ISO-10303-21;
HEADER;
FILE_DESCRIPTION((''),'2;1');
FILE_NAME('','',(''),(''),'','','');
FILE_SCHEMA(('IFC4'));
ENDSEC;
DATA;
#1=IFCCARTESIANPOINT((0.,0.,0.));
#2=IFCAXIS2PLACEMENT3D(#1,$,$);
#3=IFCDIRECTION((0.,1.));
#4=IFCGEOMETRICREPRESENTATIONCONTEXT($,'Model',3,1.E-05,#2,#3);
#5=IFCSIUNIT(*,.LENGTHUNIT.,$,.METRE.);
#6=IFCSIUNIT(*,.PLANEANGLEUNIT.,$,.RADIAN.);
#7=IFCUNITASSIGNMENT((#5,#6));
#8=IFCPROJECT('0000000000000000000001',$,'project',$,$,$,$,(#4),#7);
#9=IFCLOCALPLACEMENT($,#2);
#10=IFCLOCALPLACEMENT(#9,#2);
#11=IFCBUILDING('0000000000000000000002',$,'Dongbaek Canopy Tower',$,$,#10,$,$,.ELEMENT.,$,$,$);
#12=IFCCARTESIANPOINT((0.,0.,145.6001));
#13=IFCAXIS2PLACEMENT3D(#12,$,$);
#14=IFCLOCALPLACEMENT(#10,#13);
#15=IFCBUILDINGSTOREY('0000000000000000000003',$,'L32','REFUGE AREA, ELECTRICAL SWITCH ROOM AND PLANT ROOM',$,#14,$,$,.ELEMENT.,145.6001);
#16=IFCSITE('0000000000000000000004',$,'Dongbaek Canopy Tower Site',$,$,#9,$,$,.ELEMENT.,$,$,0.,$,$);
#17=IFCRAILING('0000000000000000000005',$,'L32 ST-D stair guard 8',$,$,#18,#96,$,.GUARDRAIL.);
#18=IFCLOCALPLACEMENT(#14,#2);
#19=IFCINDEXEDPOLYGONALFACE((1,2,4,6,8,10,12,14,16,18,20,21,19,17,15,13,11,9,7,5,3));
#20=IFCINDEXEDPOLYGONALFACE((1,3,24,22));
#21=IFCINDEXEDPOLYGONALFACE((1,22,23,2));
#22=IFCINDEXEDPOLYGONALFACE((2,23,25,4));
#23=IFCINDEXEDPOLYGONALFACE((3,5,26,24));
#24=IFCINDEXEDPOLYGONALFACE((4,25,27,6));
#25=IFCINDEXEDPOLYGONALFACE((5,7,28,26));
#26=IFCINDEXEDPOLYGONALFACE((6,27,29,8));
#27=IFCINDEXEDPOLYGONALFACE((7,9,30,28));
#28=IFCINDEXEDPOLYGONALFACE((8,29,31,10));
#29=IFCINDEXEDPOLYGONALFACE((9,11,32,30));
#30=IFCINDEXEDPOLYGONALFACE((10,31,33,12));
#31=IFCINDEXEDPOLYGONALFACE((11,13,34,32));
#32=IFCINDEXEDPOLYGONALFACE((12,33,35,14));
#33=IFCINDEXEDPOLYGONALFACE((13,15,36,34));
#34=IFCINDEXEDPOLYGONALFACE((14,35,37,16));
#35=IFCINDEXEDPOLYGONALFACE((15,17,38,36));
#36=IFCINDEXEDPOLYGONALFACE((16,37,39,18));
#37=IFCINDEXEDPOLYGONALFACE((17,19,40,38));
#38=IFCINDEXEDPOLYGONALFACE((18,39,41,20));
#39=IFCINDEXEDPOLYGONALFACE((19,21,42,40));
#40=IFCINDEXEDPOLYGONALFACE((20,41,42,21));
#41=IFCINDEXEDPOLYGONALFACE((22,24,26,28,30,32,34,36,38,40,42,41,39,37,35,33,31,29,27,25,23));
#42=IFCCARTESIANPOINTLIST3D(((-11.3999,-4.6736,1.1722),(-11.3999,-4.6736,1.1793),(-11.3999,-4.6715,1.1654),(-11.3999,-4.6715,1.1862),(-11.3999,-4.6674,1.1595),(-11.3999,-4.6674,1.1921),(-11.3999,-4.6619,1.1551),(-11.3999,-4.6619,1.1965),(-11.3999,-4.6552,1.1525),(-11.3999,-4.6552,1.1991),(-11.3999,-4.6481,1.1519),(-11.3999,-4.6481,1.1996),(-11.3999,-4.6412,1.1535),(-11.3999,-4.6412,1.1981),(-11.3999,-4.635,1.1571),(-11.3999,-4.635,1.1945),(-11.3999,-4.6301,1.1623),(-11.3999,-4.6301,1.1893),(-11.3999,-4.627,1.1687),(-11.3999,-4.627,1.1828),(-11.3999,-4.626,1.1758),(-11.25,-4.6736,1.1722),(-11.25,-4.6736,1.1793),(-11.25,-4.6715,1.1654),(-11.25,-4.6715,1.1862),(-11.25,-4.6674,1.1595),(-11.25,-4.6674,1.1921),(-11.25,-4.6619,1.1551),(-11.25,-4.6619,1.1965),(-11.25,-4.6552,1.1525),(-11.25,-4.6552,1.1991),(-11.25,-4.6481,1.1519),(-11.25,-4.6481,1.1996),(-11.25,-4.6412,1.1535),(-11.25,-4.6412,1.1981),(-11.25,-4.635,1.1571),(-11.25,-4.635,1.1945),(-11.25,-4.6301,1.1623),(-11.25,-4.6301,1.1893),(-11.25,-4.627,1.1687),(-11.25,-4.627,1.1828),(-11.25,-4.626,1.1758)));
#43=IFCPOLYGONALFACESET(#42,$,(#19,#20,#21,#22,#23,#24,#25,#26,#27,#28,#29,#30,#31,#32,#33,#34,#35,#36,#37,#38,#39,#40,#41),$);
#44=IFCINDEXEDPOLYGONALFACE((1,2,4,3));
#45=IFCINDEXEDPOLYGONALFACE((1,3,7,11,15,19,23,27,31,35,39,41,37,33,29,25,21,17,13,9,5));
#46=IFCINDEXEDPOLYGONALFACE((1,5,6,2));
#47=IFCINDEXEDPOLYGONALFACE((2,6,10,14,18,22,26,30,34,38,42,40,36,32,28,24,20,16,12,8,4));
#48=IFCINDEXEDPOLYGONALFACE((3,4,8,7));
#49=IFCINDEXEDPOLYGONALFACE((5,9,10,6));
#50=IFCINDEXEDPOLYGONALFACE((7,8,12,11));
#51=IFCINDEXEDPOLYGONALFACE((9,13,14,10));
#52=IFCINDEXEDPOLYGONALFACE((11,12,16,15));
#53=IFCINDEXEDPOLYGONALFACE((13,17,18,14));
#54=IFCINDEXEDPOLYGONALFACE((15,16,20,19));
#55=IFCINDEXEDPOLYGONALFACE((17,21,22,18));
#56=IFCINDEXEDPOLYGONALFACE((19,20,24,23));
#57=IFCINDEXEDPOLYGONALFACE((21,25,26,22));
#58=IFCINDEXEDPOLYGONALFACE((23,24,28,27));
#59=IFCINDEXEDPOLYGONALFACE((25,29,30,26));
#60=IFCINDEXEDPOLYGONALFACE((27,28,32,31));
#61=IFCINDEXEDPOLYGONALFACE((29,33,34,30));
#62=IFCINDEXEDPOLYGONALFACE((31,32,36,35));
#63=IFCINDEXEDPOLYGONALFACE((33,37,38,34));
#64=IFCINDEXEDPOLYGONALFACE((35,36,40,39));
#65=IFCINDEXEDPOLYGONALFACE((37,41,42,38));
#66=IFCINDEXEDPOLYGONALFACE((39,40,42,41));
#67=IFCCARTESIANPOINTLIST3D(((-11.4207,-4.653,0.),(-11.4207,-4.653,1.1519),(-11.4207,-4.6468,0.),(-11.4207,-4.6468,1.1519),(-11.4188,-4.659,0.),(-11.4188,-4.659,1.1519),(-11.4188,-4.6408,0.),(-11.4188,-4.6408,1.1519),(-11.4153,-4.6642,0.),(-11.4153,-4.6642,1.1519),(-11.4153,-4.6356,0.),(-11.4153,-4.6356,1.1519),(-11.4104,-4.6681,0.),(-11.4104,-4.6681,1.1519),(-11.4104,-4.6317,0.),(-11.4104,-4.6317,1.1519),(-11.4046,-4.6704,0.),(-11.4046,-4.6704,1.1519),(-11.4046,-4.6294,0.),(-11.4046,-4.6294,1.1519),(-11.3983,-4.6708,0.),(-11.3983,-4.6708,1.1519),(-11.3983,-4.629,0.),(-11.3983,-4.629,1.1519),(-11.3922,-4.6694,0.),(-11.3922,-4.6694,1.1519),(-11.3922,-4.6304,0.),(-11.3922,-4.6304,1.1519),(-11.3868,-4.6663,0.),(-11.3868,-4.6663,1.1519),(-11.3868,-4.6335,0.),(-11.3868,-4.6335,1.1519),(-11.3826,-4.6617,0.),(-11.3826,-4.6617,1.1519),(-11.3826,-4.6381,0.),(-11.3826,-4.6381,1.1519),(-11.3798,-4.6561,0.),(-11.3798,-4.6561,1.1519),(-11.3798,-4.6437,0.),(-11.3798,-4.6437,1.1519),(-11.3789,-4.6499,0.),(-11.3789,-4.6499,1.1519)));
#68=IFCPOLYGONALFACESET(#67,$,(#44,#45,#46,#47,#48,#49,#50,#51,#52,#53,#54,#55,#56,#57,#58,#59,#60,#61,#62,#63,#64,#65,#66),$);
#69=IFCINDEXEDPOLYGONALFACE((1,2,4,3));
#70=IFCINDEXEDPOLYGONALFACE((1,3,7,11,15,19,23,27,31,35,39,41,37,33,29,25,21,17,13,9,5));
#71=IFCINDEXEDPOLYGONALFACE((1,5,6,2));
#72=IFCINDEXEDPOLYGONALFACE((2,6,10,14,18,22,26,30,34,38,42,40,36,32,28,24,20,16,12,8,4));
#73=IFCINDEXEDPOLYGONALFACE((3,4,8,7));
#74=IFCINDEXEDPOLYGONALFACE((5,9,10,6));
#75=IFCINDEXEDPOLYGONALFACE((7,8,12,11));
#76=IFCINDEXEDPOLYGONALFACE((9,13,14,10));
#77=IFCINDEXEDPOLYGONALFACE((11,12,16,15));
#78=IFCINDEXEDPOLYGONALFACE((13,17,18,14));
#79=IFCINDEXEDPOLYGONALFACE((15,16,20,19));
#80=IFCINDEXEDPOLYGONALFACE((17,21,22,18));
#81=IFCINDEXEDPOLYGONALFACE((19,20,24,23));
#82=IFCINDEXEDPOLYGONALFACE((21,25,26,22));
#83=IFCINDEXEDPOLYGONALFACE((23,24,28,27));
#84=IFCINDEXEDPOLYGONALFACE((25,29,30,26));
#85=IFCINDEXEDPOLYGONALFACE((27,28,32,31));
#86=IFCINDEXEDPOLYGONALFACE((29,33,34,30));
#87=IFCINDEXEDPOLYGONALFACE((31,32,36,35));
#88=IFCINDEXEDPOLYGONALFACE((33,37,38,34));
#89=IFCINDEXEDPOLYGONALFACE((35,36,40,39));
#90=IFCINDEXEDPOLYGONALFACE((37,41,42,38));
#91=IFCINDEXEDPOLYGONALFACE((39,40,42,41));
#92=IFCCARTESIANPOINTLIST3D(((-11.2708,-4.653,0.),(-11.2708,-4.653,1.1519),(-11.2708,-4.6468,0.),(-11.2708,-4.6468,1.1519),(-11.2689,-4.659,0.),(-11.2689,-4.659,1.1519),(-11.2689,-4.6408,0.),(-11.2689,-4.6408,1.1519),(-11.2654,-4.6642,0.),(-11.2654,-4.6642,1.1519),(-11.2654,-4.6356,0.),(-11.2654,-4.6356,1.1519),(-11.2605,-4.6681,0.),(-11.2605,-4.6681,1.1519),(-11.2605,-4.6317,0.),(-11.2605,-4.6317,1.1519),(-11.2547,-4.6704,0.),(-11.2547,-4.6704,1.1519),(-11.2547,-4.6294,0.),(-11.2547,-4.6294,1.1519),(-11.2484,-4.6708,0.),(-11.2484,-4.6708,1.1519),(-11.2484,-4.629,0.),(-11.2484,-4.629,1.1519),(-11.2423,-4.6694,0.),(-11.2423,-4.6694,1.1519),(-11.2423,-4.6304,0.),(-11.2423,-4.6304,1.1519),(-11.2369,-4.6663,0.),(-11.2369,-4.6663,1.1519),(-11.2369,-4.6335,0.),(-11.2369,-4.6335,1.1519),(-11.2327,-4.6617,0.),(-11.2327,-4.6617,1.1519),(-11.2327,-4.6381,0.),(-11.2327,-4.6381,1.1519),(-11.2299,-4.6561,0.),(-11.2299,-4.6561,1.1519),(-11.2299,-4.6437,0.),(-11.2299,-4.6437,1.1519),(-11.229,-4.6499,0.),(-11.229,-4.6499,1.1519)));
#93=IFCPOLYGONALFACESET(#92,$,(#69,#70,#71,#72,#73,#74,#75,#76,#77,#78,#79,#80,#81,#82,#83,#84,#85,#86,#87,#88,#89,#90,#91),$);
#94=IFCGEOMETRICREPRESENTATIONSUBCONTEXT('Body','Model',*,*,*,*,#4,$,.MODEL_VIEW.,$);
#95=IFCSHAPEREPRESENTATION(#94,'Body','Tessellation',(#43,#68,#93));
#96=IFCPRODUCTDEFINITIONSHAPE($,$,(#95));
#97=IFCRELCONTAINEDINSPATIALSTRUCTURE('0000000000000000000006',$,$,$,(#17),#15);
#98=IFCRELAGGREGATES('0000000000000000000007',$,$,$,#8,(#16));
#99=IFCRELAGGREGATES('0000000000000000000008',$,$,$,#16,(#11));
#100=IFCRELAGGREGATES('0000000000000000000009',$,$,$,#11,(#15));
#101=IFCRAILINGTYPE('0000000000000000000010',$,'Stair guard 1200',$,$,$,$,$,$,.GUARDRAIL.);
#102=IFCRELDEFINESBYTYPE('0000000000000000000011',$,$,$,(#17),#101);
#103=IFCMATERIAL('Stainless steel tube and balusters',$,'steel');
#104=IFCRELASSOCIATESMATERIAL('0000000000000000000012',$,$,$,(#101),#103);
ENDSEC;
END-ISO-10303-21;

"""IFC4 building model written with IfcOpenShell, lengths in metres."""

from ifc_helpers import new_model, si_unit, direction, frame, origin, origin_2d, place, context, subcontext, project, spatial, circle, extrude, material, type_object, element, save


model = new_model("IFC4")

# Units and contexts
model_context = context("Model", 3, precision=1e-05, world=origin(), true_north=direction((0.0, 1.0)))
body_context = subcontext(model_context, "Body", "Model", "MODEL_VIEW")
ifc_project = project(units=[si_unit("LENGTHUNIT", "METRE"), si_unit("PLANEANGLEUNIT", "RADIAN")], contexts=[model_context])

# Site, building, storey
site_placement = place(None, origin())
site = spatial("IfcSite", under=ifc_project, at=site_placement, Name="Dongbaek Canopy Tower Site", CompositionType="ELEMENT", RefElevation=0.0)
building_placement = place(site_placement, origin())
building = spatial("IfcBuilding", under=site, at=building_placement, Name="Dongbaek Canopy Tower", CompositionType="ELEMENT")
storey_placement = place(building_placement, frame((0.0, 0.0, 145.6001)))
storey = spatial("IfcBuildingStorey", under=building, at=storey_placement, Name="L32", Description="REFUGE AREA, ELECTRICAL SWITCH ROOM AND PLANT ROOM", CompositionType="ELEMENT", Elevation=145.6001)

# Railing
ifc_material_1 = material(Name="Stainless steel tube and balusters", Category="steel")
railing_type_1 = type_object("IfcRailingType", Name="Stair guard 1200", PredefinedType="GUARDRAIL", material=ifc_material_1)
railing_1_placement = place(storey_placement, frame((-11.3999, -4.6499, 0.0)))
element("IfcRailing", 1, at=railing_1_placement, inside=storey, type_object=railing_type_1, Name="L32 ST-D stair guard 8", PredefinedType="GUARDRAIL", context=body_context, shape_type="SweptSolid", body=[
    extrude(circle(Radius=0.0239, at=origin_2d()), frame((0.0, 0.0, 1.1758), z_axis=(1.0, 0.0, 0.0), x_axis=(0.0, 1.0, 0.0)), (0.0, 0.0, 1.0), 0.1499),
    extrude(circle(Radius=0.021, at=origin_2d()), origin(), (0.0, 0.0, 1.0), 1.1519),
    extrude(circle(Radius=0.021, at=origin_2d()), frame((0.1499, 0.0, 0.0)), (0.0, 0.0, 1.0), 1.1519),
])

save(model, "model.ifc")
